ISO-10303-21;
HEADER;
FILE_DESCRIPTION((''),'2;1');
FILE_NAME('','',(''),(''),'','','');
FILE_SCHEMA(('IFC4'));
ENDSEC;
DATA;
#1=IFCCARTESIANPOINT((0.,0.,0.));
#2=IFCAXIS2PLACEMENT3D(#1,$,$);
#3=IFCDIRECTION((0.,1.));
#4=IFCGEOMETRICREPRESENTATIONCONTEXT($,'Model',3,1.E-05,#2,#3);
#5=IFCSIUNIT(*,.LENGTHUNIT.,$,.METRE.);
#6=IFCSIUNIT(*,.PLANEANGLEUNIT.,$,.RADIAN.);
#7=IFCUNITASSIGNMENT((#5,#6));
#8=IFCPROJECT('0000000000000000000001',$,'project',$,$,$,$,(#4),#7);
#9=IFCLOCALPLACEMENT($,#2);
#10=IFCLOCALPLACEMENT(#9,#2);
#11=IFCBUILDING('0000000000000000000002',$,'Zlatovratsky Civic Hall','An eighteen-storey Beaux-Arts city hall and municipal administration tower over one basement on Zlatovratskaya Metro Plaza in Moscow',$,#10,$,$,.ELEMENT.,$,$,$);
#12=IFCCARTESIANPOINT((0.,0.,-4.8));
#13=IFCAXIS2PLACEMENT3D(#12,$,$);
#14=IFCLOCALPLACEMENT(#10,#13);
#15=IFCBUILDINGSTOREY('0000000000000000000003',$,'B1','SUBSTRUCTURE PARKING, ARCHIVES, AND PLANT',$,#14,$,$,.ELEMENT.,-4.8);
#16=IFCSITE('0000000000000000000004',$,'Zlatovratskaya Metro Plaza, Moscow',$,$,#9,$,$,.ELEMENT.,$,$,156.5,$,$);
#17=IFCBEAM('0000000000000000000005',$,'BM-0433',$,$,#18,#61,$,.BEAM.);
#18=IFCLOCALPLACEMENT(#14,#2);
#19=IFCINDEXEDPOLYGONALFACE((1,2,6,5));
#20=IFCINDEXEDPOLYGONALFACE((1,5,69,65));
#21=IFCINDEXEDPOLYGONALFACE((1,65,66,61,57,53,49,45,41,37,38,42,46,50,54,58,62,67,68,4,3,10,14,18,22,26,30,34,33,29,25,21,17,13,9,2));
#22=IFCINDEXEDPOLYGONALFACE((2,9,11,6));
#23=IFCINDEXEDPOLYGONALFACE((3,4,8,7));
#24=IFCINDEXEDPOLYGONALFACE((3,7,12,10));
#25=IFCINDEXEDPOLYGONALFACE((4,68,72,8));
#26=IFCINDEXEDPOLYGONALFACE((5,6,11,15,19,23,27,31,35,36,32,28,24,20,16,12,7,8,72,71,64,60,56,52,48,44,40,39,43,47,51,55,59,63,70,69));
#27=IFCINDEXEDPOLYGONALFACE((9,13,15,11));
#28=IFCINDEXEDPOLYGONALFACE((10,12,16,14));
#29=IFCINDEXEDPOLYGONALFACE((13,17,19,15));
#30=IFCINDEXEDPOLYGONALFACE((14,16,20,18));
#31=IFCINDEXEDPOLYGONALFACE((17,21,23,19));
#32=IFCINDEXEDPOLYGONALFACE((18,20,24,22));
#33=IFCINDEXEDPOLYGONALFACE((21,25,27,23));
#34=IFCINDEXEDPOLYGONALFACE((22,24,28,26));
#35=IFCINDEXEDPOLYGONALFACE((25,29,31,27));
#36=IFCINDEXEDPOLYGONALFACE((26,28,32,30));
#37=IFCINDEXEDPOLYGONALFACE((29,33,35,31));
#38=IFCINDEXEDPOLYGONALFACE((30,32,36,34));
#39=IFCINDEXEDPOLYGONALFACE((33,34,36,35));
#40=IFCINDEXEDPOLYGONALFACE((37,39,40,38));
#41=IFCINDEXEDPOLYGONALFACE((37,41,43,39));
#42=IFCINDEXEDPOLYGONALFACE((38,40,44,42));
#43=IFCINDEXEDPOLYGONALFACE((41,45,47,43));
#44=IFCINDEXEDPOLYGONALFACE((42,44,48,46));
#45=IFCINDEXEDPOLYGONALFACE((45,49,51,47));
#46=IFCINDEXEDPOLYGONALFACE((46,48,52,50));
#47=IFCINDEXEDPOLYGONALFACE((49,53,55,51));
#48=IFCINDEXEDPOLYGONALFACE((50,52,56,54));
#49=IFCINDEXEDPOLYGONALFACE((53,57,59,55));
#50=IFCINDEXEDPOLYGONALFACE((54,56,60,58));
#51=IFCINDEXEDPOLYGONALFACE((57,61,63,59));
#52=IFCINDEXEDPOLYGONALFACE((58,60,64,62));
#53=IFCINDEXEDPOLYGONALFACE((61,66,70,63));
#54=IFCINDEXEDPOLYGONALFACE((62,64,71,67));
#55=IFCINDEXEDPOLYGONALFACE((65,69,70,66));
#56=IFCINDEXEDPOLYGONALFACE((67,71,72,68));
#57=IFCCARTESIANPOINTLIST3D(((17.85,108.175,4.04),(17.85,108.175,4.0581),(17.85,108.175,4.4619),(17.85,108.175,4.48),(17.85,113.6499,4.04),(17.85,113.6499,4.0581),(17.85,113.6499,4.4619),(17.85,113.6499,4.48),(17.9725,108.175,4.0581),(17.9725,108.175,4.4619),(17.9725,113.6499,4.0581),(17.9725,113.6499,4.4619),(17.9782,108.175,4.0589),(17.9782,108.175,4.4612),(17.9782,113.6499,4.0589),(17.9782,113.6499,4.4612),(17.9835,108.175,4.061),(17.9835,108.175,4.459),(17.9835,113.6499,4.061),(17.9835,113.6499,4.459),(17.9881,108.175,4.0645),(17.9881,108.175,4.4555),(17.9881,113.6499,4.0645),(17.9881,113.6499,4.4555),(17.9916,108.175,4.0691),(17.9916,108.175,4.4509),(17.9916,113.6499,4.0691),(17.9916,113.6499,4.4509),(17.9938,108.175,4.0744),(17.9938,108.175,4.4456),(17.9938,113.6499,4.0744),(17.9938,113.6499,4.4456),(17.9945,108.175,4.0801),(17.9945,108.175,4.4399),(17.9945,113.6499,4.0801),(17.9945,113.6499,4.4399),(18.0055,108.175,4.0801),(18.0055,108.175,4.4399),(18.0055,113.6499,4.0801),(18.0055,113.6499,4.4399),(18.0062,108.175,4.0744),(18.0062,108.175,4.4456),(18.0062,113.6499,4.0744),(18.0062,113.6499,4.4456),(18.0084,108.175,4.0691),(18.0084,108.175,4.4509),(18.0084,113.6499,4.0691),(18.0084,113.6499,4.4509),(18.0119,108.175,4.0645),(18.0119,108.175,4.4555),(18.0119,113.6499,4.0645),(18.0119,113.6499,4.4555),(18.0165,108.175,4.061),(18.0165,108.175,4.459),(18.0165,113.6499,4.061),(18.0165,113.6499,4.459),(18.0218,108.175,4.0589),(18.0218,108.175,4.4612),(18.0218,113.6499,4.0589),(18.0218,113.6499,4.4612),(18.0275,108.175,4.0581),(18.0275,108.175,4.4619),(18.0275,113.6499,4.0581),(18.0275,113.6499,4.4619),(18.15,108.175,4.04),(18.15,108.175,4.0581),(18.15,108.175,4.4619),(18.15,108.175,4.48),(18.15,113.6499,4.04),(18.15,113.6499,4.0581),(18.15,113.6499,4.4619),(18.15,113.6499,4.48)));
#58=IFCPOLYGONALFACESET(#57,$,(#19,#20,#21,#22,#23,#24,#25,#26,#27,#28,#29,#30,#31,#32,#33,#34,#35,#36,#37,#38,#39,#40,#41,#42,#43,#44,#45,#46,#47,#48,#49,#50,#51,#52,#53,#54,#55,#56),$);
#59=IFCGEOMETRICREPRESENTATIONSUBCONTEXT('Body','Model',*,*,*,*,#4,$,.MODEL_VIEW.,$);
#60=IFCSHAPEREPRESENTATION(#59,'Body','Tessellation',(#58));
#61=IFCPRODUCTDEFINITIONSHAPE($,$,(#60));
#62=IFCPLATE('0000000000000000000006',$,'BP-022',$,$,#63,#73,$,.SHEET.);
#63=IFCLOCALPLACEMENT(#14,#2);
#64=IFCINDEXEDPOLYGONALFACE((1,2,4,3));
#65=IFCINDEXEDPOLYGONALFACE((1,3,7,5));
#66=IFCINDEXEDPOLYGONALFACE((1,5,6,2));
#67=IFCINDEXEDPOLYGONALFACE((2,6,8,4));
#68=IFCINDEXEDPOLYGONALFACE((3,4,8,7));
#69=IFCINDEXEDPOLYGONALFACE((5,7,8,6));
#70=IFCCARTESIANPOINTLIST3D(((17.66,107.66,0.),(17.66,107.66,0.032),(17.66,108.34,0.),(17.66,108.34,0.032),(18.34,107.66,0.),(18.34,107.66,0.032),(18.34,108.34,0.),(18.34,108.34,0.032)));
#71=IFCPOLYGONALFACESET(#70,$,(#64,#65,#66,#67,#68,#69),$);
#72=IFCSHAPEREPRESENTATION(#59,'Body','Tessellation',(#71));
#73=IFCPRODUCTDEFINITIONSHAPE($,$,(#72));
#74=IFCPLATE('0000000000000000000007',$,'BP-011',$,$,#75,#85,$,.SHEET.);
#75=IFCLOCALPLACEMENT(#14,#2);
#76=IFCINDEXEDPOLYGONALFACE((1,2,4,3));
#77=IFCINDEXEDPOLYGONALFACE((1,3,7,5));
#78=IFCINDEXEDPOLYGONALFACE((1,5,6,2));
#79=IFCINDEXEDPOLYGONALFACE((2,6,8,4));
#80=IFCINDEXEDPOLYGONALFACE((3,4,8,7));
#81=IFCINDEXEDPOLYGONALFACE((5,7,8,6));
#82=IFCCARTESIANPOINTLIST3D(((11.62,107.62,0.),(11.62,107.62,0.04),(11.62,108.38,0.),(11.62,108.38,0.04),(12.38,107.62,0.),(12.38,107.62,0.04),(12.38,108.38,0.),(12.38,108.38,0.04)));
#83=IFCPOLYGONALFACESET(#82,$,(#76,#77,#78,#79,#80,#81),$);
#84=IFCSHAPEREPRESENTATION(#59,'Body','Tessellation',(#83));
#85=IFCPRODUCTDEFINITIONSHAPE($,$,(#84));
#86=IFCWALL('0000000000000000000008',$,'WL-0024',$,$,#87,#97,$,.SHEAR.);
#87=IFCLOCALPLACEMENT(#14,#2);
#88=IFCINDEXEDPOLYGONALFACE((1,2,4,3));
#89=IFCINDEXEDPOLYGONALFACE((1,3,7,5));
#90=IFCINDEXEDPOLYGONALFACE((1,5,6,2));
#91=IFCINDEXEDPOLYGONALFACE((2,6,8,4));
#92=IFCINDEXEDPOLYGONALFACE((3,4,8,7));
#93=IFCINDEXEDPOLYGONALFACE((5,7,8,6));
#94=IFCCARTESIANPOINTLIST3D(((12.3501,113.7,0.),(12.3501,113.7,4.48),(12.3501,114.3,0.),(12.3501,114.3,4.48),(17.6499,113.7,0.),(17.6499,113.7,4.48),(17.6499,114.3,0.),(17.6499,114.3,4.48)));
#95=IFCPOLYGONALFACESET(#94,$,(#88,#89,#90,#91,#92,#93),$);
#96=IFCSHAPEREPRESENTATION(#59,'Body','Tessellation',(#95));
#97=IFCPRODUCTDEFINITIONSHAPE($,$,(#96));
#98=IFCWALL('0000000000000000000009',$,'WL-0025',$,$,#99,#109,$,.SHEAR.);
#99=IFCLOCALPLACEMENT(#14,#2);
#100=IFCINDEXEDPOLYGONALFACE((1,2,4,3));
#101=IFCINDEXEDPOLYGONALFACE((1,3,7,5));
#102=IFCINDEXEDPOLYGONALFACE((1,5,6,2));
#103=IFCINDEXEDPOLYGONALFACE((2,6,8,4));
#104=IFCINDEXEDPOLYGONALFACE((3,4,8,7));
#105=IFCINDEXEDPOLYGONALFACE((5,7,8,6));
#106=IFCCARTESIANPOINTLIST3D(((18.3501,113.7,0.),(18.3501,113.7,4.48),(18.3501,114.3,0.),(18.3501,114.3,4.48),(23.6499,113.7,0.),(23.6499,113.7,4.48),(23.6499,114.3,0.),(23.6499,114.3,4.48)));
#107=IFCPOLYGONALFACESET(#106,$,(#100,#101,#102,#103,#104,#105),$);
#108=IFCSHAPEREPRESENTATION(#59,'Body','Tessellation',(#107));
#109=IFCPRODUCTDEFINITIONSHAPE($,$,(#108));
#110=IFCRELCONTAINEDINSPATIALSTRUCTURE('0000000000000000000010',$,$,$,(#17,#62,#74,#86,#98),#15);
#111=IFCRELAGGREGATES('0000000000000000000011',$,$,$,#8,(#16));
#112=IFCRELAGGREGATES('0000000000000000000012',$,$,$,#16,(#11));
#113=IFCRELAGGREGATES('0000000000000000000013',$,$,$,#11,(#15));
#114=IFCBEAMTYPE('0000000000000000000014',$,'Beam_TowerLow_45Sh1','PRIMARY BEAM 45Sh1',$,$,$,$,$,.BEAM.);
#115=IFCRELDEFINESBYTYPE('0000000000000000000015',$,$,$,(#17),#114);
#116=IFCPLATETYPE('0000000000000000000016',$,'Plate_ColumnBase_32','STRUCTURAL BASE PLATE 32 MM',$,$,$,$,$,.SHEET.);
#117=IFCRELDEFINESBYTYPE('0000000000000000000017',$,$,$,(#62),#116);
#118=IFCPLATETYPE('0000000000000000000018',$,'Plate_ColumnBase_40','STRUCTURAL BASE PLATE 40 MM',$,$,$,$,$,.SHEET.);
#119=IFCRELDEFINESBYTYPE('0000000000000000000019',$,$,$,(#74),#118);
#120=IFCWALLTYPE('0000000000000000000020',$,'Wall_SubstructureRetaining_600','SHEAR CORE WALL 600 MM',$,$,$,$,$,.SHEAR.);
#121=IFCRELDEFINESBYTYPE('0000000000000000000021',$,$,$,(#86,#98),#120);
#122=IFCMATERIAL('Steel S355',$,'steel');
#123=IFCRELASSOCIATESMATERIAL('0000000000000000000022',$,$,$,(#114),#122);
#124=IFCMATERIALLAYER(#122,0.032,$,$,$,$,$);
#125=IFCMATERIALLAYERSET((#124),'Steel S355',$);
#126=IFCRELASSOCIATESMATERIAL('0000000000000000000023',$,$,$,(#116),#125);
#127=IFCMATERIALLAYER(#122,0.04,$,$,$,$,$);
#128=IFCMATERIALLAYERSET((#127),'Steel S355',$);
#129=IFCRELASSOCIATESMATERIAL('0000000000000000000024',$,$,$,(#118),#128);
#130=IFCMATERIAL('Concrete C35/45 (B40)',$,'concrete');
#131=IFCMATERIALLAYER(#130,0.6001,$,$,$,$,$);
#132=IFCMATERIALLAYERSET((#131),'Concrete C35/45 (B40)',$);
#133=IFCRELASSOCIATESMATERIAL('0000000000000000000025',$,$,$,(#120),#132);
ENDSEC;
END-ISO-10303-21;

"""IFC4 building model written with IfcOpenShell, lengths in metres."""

from ifc_helpers import new_model, si_unit, direction, frame, frame_2d, origin, origin_2d, place, context, subcontext, project, spatial, rectangle, i_section, extrude, material, layer, layer_set, material_profile, profile_set, type_object, element, save


model = new_model("IFC4")

# Units and contexts
model_context = context("Model", 3, precision=1e-05, world=origin(), true_north=direction((0.0, 1.0)))
body_context = subcontext(model_context, "Body", "Model", "MODEL_VIEW")
ifc_project = project(units=[si_unit("LENGTHUNIT", "METRE"), si_unit("PLANEANGLEUNIT", "RADIAN")], contexts=[model_context])

# Site, building, storey
site_placement = place(None, origin())
site = spatial("IfcSite", under=ifc_project, at=site_placement, Name="Zlatovratskaya Metro Plaza, Moscow", CompositionType="ELEMENT", RefElevation=156.5)
building_placement = place(site_placement, origin())
building = spatial("IfcBuilding", under=site, at=building_placement, Name="Zlatovratsky Civic Hall", Description="An eighteen-storey Beaux-Arts city hall and municipal administration tower over one basement on Zlatovratskaya Metro Plaza in Moscow", CompositionType="ELEMENT")
storey_placement = place(building_placement, frame((0.0, 0.0, -4.8)))
storey = spatial("IfcBuildingStorey", under=building, at=storey_placement, Name="B1", Description="SUBSTRUCTURE PARKING, ARCHIVES, AND PLANT", CompositionType="ELEMENT", Elevation=-4.8)

# Shared definitions
ifc_material_1 = material(Name="Concrete C35/45 (B40)", Category="concrete")
ifc_material_2 = material(Name="Steel S355", Category="steel")

# Beam
ifc_material_profile_1 = material_profile(ifc_material_2, i_section(OverallWidth=0.3, OverallDepth=0.4399, WebThickness=0.011, FlangeThickness=0.0181, FilletRadius=0.022, at=origin_2d()), Name="45Sh1")
ifc_profile_set_1 = profile_set([ifc_material_profile_1], Name="Steel S355")
beam_type_1 = type_object("IfcBeamType", Name="Beam_TowerLow_45Sh1", Description="PRIMARY BEAM 45Sh1", PredefinedType="BEAM", material=ifc_profile_set_1)
beam_1_placement = place(storey_placement, frame((18.0, 108.175, 4.26), z_axis=(0.0, 1.0, 0.0), x_axis=(-1.0, 0.0, 0.0)))
element("IfcBeam", 1, at=beam_1_placement, inside=storey, type_object=beam_type_1, Name="BM-0433", PredefinedType="BEAM", context=body_context, shape_type="SweptSolid", body=[
    extrude(i_section(OverallWidth=0.3, OverallDepth=0.4399, WebThickness=0.011, FlangeThickness=0.0181, FilletRadius=0.022, at=origin_2d()), origin(), (0.0, 0.0, 1.0), 5.4749),
])

# Plates
ifc_layer_1 = layer(ifc_material_2, 0.032)
ifc_layer_set_1 = layer_set([ifc_layer_1], Name="Steel S355")
plate_type_1 = type_object("IfcPlateType", Name="Plate_ColumnBase_32", Description="STRUCTURAL BASE PLATE 32 MM", PredefinedType="SHEET", material=ifc_layer_set_1)
plate_1_placement = place(storey_placement, frame((18.0, 108.0, 0.0), z_axis=(0.0, 0.0, 1.0), x_axis=(1.0, 0.0, 0.0)))
element("IfcPlate", 2, at=plate_1_placement, inside=storey, type_object=plate_type_1, Name="BP-022", PredefinedType="SHEET", context=body_context, shape_type="SweptSolid", body=[
    extrude(rectangle(XDim=0.6799, YDim=0.6799, at=origin_2d()), origin(), (0.0, 0.0, 1.0), 0.032),
])
ifc_layer_2 = layer(ifc_material_2, 0.04)
ifc_layer_set_2 = layer_set([ifc_layer_2], Name="Steel S355")
plate_type_2 = type_object("IfcPlateType", Name="Plate_ColumnBase_40", Description="STRUCTURAL BASE PLATE 40 MM", PredefinedType="SHEET", material=ifc_layer_set_2)
plate_2_placement = place(storey_placement, frame((12.0, 108.0, 0.0), z_axis=(0.0, 0.0, 1.0), x_axis=(1.0, 0.0, 0.0)))
element("IfcPlate", 3, at=plate_2_placement, inside=storey, type_object=plate_type_2, Name="BP-011", PredefinedType="SHEET", context=body_context, shape_type="SweptSolid", body=[
    extrude(rectangle(XDim=0.76, YDim=0.76, at=origin_2d()), origin(), (0.0, 0.0, 1.0), 0.04),
])

# Walls
ifc_layer_3 = layer(ifc_material_1, 0.6001)
ifc_layer_set_3 = layer_set([ifc_layer_3], Name="Concrete C35/45 (B40)")
wall_type = type_object("IfcWallType", Name="Wall_SubstructureRetaining_600", Description="SHEAR CORE WALL 600 MM", PredefinedType="SHEAR", material=ifc_layer_set_3)
for number, where, z_axis, x_axis, name in (
    (4, (12.3501, 114.0, 0.0), (0.0, 0.0, 1.0), (1.0, 0.0, 0.0), "WL-0024"),
    (5, (18.3501, 114.0, 0.0), (0.0, 0.0, 1.0), (1.0, 0.0, 0.0), "WL-0025"),
):
    element("IfcWall", number, at=place(storey_placement, frame(where, z_axis=z_axis, x_axis=x_axis)), inside=storey, type_object=wall_type, Name=name, PredefinedType="SHEAR", context=body_context, shape_type="SweptSolid", body=[
        extrude(rectangle(XDim=5.2998, YDim=0.6001, at=frame_2d((2.6499, 0.0))), origin(), (0.0, 0.0, 1.0), 4.48),
    ])

save(model, "model.ifc")
